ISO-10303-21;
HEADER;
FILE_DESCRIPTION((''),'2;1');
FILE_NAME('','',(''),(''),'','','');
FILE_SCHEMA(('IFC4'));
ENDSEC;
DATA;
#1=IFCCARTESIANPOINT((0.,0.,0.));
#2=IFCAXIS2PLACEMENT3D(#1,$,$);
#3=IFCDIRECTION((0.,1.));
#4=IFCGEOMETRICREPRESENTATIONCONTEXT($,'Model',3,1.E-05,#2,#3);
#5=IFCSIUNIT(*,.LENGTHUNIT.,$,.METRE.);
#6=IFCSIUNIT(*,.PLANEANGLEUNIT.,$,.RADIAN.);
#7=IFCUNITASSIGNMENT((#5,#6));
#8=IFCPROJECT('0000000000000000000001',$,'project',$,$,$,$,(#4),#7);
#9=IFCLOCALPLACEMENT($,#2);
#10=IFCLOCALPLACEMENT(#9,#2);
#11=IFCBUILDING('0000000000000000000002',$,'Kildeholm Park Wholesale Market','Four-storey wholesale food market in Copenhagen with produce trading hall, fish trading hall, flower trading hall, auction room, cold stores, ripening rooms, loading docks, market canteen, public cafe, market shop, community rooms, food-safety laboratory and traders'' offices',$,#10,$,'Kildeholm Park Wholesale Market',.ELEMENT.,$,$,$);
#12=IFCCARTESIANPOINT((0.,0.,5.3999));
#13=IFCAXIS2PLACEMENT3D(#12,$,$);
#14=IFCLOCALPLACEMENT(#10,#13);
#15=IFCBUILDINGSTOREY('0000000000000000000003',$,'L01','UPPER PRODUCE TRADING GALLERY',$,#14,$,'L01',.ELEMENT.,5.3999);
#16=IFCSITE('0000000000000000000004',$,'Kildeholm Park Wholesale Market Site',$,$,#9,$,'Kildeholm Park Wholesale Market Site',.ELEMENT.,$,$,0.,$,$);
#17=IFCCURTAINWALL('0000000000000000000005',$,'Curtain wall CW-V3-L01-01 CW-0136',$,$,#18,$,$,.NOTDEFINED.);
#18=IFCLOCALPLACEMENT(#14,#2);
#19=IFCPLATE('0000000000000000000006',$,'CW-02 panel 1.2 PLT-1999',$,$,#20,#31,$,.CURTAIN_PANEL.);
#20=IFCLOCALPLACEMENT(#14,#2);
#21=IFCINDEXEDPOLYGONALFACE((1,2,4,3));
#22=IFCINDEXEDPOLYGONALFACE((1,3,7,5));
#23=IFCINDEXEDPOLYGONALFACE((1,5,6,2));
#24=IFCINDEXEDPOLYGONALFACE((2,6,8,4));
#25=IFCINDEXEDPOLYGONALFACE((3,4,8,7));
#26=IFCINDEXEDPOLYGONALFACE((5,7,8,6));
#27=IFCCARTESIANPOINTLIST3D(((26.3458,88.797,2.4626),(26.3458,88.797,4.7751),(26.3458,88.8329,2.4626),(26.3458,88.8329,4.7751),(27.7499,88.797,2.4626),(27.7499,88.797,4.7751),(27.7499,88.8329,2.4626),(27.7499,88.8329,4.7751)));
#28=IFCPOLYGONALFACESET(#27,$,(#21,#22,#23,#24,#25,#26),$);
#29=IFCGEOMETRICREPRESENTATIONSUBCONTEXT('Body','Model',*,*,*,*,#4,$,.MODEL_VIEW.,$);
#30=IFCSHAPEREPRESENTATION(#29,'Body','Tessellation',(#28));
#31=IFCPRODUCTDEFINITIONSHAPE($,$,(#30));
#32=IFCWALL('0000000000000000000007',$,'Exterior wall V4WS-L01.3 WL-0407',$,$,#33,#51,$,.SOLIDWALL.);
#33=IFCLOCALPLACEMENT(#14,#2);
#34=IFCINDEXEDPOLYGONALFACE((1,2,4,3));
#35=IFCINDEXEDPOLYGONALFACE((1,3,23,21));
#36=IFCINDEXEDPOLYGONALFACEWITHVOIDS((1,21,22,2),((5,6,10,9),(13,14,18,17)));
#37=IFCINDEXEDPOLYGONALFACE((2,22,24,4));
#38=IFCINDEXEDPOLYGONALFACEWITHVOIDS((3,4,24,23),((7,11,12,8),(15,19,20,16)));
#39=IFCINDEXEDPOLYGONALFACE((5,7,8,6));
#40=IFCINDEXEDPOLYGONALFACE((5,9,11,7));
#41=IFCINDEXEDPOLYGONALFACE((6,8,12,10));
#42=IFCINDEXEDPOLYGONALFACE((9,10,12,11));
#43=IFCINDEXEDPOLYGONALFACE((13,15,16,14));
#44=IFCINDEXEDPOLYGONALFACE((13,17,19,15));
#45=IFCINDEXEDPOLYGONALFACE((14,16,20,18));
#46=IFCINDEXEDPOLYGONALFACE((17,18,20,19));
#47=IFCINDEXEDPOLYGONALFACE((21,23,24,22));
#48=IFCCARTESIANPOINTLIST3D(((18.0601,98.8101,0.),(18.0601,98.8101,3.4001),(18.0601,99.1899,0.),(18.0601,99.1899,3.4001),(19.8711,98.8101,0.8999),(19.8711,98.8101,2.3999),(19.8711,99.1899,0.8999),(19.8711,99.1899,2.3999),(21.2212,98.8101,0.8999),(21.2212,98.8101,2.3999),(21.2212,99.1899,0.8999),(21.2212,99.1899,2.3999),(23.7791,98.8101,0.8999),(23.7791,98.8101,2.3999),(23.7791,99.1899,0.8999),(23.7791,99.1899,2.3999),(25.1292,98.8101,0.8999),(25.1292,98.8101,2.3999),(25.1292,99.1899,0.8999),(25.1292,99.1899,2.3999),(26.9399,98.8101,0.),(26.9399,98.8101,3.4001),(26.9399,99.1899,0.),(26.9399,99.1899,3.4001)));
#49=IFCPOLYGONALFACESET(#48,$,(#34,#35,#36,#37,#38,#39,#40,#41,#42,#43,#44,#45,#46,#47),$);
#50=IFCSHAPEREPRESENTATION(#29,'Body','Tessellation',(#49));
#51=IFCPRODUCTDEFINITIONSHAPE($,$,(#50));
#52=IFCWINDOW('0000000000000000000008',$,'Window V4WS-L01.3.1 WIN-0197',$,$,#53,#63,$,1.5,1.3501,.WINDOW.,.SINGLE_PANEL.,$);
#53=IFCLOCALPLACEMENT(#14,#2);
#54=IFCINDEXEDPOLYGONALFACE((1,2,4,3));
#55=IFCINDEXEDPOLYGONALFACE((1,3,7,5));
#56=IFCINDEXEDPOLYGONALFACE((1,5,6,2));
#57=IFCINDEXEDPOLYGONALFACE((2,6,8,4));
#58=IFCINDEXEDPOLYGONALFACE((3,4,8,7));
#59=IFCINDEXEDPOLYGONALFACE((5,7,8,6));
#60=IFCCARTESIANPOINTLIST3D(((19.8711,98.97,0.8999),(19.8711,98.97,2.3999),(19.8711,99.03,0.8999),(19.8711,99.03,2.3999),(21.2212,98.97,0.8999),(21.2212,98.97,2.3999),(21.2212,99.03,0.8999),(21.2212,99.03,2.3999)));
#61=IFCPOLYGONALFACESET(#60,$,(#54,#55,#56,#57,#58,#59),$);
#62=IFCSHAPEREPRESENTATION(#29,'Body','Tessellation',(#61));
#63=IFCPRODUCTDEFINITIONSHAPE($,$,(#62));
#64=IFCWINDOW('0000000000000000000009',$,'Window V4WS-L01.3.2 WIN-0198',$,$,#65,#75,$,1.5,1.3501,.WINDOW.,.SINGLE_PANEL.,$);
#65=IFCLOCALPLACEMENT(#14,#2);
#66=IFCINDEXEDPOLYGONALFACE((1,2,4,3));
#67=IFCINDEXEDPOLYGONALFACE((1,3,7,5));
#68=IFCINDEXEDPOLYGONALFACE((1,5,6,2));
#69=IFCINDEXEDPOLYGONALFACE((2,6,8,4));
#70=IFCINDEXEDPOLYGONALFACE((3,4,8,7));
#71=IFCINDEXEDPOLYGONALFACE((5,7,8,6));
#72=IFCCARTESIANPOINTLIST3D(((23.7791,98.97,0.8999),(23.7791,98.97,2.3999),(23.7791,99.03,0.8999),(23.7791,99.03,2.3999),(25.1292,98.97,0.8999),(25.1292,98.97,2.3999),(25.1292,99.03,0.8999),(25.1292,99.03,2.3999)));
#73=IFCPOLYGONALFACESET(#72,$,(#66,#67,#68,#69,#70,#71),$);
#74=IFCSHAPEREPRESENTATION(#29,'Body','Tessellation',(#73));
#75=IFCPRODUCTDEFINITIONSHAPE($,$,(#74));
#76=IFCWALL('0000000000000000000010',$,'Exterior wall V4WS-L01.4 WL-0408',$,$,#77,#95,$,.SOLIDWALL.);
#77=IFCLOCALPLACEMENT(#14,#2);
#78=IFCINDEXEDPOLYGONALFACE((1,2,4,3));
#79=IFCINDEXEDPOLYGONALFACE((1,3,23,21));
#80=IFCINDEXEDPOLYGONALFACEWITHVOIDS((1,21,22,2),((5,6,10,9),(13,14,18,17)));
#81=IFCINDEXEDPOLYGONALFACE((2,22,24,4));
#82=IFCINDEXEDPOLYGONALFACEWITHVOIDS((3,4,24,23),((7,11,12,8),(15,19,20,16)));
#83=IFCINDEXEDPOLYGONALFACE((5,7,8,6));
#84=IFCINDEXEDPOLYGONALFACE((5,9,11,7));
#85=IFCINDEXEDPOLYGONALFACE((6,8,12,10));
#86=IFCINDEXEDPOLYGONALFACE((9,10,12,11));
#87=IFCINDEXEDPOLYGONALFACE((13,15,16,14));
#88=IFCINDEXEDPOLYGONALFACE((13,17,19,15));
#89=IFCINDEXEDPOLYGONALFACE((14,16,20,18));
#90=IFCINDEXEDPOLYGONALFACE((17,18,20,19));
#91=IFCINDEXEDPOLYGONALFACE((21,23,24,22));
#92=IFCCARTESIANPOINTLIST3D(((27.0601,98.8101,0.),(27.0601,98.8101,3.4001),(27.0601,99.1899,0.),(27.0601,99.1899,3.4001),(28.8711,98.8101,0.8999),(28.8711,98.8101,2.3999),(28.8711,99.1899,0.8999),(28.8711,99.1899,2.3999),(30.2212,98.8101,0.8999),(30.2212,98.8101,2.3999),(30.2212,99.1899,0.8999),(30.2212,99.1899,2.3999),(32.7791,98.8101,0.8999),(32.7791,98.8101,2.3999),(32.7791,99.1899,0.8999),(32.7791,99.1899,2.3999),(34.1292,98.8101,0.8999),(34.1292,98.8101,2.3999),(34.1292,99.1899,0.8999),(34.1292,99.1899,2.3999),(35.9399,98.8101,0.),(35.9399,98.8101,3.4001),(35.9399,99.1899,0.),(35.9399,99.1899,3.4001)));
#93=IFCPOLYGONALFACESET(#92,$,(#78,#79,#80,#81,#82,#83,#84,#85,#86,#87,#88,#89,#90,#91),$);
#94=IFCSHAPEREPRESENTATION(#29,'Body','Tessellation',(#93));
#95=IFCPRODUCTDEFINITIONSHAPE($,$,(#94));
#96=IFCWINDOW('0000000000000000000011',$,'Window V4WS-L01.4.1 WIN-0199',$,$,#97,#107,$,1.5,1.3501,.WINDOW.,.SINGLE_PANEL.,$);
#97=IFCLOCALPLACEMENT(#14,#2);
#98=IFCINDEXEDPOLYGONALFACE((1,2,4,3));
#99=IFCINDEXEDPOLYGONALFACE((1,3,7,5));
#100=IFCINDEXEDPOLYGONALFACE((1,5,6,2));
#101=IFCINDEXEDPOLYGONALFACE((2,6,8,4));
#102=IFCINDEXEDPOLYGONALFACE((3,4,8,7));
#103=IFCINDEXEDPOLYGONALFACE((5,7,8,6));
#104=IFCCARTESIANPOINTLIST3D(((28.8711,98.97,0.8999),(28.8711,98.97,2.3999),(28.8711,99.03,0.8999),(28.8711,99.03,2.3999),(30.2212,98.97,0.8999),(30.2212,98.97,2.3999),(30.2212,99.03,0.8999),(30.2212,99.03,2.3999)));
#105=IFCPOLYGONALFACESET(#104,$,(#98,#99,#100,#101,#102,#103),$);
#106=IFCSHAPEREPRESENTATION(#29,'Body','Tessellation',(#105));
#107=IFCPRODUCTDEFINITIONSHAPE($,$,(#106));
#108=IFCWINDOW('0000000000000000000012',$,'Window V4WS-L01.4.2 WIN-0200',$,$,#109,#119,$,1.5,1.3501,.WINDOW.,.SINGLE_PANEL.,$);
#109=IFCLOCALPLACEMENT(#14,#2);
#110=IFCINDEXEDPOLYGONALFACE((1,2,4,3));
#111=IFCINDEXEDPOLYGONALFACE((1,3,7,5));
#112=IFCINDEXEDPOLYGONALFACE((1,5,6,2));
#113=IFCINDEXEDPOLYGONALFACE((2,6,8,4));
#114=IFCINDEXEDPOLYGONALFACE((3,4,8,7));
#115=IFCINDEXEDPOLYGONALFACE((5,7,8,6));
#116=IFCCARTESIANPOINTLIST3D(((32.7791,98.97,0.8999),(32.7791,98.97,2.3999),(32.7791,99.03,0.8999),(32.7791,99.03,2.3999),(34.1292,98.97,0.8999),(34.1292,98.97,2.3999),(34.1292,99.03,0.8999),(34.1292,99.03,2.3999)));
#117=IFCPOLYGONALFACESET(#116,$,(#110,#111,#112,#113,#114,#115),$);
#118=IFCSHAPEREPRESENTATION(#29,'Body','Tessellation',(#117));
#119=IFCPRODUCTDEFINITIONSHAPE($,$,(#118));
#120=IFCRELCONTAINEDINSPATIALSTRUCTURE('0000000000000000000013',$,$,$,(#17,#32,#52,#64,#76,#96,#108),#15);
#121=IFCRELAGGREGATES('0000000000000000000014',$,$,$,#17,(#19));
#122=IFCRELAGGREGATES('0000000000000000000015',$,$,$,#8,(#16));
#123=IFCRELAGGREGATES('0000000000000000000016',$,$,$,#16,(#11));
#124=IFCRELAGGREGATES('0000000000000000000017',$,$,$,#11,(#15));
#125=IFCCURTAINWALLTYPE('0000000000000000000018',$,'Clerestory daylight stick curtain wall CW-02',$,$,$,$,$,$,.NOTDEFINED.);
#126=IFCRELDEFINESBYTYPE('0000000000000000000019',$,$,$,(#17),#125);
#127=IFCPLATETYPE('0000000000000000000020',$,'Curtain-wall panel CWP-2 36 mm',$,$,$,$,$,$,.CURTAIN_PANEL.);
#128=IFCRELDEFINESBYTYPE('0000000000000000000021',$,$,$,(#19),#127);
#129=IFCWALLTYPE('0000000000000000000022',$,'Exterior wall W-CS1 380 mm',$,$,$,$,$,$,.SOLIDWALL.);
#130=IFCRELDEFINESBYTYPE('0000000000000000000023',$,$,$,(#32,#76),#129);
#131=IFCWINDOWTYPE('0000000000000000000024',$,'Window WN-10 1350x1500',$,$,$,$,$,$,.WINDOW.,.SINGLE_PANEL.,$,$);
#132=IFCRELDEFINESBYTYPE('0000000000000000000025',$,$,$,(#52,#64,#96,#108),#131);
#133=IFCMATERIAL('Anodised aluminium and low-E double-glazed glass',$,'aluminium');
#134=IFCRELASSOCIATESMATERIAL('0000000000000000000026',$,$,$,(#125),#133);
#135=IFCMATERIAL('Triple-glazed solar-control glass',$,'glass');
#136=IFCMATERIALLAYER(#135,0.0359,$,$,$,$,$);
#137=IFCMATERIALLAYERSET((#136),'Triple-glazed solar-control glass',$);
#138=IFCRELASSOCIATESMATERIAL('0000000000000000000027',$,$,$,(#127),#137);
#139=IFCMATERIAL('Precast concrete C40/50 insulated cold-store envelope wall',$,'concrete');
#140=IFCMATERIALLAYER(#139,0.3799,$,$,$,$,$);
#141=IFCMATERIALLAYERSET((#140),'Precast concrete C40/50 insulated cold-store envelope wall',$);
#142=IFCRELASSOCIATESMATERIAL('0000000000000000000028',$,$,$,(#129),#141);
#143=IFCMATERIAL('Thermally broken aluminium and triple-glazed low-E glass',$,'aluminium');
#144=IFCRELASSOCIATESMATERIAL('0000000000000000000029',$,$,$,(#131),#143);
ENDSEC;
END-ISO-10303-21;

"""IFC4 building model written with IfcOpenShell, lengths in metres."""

from ifc_helpers import new_model, si_unit, direction, frame, frame_2d, origin, origin_2d, place, context, subcontext, project, spatial, rectangle, extrude, material, layer, layer_set, type_object, element, fill, aggregate, save


model = new_model("IFC4")

# Units and contexts
model_context = context("Model", 3, precision=1e-05, world=origin(), true_north=direction((0.0, 1.0)))
body_context = subcontext(model_context, "Body", "Model", "MODEL_VIEW")
ifc_project = project(units=[si_unit("LENGTHUNIT", "METRE"), si_unit("PLANEANGLEUNIT", "RADIAN")], contexts=[model_context])

# Site, building, storey
site_placement = place(None, origin())
site = spatial("IfcSite", under=ifc_project, at=site_placement, Name="Kildeholm Park Wholesale Market Site", LongName="Kildeholm Park Wholesale Market Site", CompositionType="ELEMENT", RefElevation=0.0)
building_placement = place(site_placement, origin())
building = spatial("IfcBuilding", under=site, at=building_placement, Name="Kildeholm Park Wholesale Market", Description="Four-storey wholesale food market in Copenhagen with produce trading hall, fish trading hall, flower trading hall, auction room, cold stores, ripening rooms, loading docks, market canteen, public cafe, market shop, community rooms, food-safety laboratory and traders' offices", LongName="Kildeholm Park Wholesale Market", CompositionType="ELEMENT")
storey_placement = place(building_placement, frame((0.0, 0.0, 5.3999)))
storey = spatial("IfcBuildingStorey", under=building, at=storey_placement, Name="L01", Description="UPPER PRODUCE TRADING GALLERY", LongName="L01", CompositionType="ELEMENT", Elevation=5.3999)

# Curtain wall, plate
ifc_material_1 = material(Name="Anodised aluminium and low-E double-glazed glass", Category="aluminium")
curtain_wall_type = type_object("IfcCurtainWallType", Name="Clerestory daylight stick curtain wall CW-02", PredefinedType="NOTDEFINED", material=ifc_material_1)
curtain_wall_placement = place(storey_placement, origin())
curtain_wall = element("IfcCurtainWall", 1, at=curtain_wall_placement, inside=storey, type_object=curtain_wall_type, Name="Curtain wall CW-V3-L01-01 CW-0136", PredefinedType="NOTDEFINED")
ifc_material_2 = material(Name="Triple-glazed solar-control glass", Category="glass")
ifc_layer_1 = layer(ifc_material_2, 0.0359)
ifc_layer_set_1 = layer_set([ifc_layer_1], Name="Triple-glazed solar-control glass")
plate_type = type_object("IfcPlateType", Name="Curtain-wall panel CWP-2 36 mm", PredefinedType="CURTAIN_PANEL", material=ifc_layer_set_1)
plate_1_placement = place(storey_placement, frame((27.0479, 88.8149, 2.4626), z_axis=(0.0, 0.0, 1.0), x_axis=(-1.0, 0.0, 0.0)))
plate_1 = element("IfcPlate", 2, at=plate_1_placement, type_object=plate_type, Name="CW-02 panel 1.2 PLT-1999", PredefinedType="CURTAIN_PANEL", context=body_context, shape_type="SweptSolid", body=[
    extrude(rectangle(XDim=1.4041, YDim=0.0359, at=origin_2d()), origin(), (0.0, 0.0, 1.0), 2.3125),
])
aggregate(curtain_wall, [plate_1])

# Walls, openings, windows
ifc_material_3 = material(Name="Precast concrete C40/50 insulated cold-store envelope wall", Category="concrete")
ifc_layer_2 = layer(ifc_material_3, 0.3799)
ifc_layer_set_2 = layer_set([ifc_layer_2], Name="Precast concrete C40/50 insulated cold-store envelope wall")
wall_type = type_object("IfcWallType", Name="Exterior wall W-CS1 380 mm", PredefinedType="SOLIDWALL", material=ifc_layer_set_2)
wall_1_placement = place(storey_placement, frame((18.0601, 99.0, 0.0), z_axis=(0.0, 0.0, 1.0), x_axis=(1.0, 0.0, 0.0)))
wall_1 = element("IfcWall", 3, at=wall_1_placement, inside=storey, type_object=wall_type, Name="Exterior wall V4WS-L01.3 WL-0407", PredefinedType="SOLIDWALL", context=body_context, shape_type="SweptSolid", body=[
    extrude(rectangle(XDim=8.8799, YDim=0.3799, at=frame_2d((4.4399, 0.0))), origin(), (0.0, 0.0, 1.0), 3.4001),
])
opening_1_placement = place(wall_1_placement, frame((1.811, 0.0, 0.8999)))
opening_1 = element("IfcOpeningElement", 4, at=opening_1_placement, cuts=wall_1, PredefinedType="OPENING", context=body_context, shape_type="SweptSolid", body=[
    extrude(rectangle(XDim=1.3501, YDim=1.5, at=frame_2d((0.675, 0.75))), frame((0.0, 0.2, 0.0), z_axis=(0.0, -1.0, 0.0), x_axis=(1.0, 0.0, 0.0)), (0.0, 0.0, 1.0), 0.3999),
])
opening_2_placement = place(wall_1_placement, frame((5.719, 0.0, 0.8999)))
opening_2 = element("IfcOpeningElement", 5, at=opening_2_placement, cuts=wall_1, PredefinedType="OPENING", context=body_context, shape_type="SweptSolid", body=[
    extrude(rectangle(XDim=1.3501, YDim=1.5, at=frame_2d((0.675, 0.75))), frame((0.0, 0.2, 0.0), z_axis=(0.0, -1.0, 0.0), x_axis=(1.0, 0.0, 0.0)), (0.0, 0.0, 1.0), 0.3999),
])
ifc_material_4 = material(Name="Thermally broken aluminium and triple-glazed low-E glass", Category="aluminium")
window_type = type_object("IfcWindowType", Name="Window WN-10 1350x1500", PartitioningType="SINGLE_PANEL", PredefinedType="WINDOW", material=ifc_material_4)
window_1_placement = place(opening_1_placement, origin())
window_1 = element("IfcWindow", 6, at=window_1_placement, inside=storey, type_object=window_type, Name="Window V4WS-L01.3.1 WIN-0197", OverallHeight=1.5, OverallWidth=1.3501, PartitioningType="SINGLE_PANEL", PredefinedType="WINDOW", context=body_context, shape_type="SweptSolid", body=[
    extrude(rectangle(XDim=1.3501, YDim=1.5, at=frame_2d((0.675, 0.75))), frame((0.0, 0.03, 0.0), z_axis=(0.0, -1.0, 0.0), x_axis=(1.0, 0.0, 0.0)), (0.0, 0.0, 1.0), 0.0601),
])
fill(opening_1, window_1)
window_2_placement = place(opening_2_placement, origin())
window_2 = element("IfcWindow", 7, at=window_2_placement, inside=storey, type_object=window_type, Name="Window V4WS-L01.3.2 WIN-0198", OverallHeight=1.5, OverallWidth=1.3501, PartitioningType="SINGLE_PANEL", PredefinedType="WINDOW", context=body_context, shape_type="SweptSolid", body=[
    extrude(rectangle(XDim=1.3501, YDim=1.5, at=frame_2d((0.675, 0.75))), frame((0.0, 0.03, 0.0), z_axis=(0.0, -1.0, 0.0), x_axis=(1.0, 0.0, 0.0)), (0.0, 0.0, 1.0), 0.0601),
])
fill(opening_2, window_2)
wall_2_placement = place(storey_placement, frame((27.0601, 99.0, 0.0), z_axis=(0.0, 0.0, 1.0), x_axis=(1.0, 0.0, 0.0)))
wall_2 = element("IfcWall", 8, at=wall_2_placement, inside=storey, type_object=wall_type, Name="Exterior wall V4WS-L01.4 WL-0408", PredefinedType="SOLIDWALL", context=body_context, shape_type="SweptSolid", body=[
    extrude(rectangle(XDim=8.8799, YDim=0.3799, at=frame_2d((4.4399, 0.0))), origin(), (0.0, 0.0, 1.0), 3.4001),
])
opening_3_placement = place(wall_2_placement, frame((1.811, 0.0, 0.8999)))
opening_3 = element("IfcOpeningElement", 9, at=opening_3_placement, cuts=wall_2, PredefinedType="OPENING", context=body_context, shape_type="SweptSolid", body=[
    extrude(rectangle(XDim=1.3501, YDim=1.5, at=frame_2d((0.675, 0.75))), frame((0.0, 0.2, 0.0), z_axis=(0.0, -1.0, 0.0), x_axis=(1.0, 0.0, 0.0)), (0.0, 0.0, 1.0), 0.3999),
])
opening_4_placement = place(wall_2_placement, frame((5.719, 0.0, 0.8999)))
opening_4 = element("IfcOpeningElement", 10, at=opening_4_placement, cuts=wall_2, PredefinedType="OPENING", context=body_context, shape_type="SweptSolid", body=[
    extrude(rectangle(XDim=1.3501, YDim=1.5, at=frame_2d((0.675, 0.75))), frame((0.0, 0.2, 0.0), z_axis=(0.0, -1.0, 0.0), x_axis=(1.0, 0.0, 0.0)), (0.0, 0.0, 1.0), 0.3999),
])
window_3_placement = place(opening_3_placement, origin())
window_3 = element("IfcWindow", 11, at=window_3_placement, inside=storey, type_object=window_type, Name="Window V4WS-L01.4.1 WIN-0199", OverallHeight=1.5, OverallWidth=1.3501, PartitioningType="SINGLE_PANEL", PredefinedType="WINDOW", context=body_context, shape_type="SweptSolid", body=[
    extrude(rectangle(XDim=1.3501, YDim=1.5, at=frame_2d((0.675, 0.75))), frame((0.0, 0.03, 0.0), z_axis=(0.0, -1.0, 0.0), x_axis=(1.0, 0.0, 0.0)), (0.0, 0.0, 1.0), 0.0601),
])
fill(opening_3, window_3)
window_4_placement = place(opening_4_placement, origin())
window_4 = element("IfcWindow", 12, at=window_4_placement, inside=storey, type_object=window_type, Name="Window V4WS-L01.4.2 WIN-0200", OverallHeight=1.5, OverallWidth=1.3501, PartitioningType="SINGLE_PANEL", PredefinedType="WINDOW", context=body_context, shape_type="SweptSolid", body=[
    extrude(rectangle(XDim=1.3501, YDim=1.5, at=frame_2d((0.675, 0.75))), frame((0.0, 0.03, 0.0), z_axis=(0.0, -1.0, 0.0), x_axis=(1.0, 0.0, 0.0)), (0.0, 0.0, 1.0), 0.0601),
])
fill(opening_4, window_4)

save(model, "model.ifc")
